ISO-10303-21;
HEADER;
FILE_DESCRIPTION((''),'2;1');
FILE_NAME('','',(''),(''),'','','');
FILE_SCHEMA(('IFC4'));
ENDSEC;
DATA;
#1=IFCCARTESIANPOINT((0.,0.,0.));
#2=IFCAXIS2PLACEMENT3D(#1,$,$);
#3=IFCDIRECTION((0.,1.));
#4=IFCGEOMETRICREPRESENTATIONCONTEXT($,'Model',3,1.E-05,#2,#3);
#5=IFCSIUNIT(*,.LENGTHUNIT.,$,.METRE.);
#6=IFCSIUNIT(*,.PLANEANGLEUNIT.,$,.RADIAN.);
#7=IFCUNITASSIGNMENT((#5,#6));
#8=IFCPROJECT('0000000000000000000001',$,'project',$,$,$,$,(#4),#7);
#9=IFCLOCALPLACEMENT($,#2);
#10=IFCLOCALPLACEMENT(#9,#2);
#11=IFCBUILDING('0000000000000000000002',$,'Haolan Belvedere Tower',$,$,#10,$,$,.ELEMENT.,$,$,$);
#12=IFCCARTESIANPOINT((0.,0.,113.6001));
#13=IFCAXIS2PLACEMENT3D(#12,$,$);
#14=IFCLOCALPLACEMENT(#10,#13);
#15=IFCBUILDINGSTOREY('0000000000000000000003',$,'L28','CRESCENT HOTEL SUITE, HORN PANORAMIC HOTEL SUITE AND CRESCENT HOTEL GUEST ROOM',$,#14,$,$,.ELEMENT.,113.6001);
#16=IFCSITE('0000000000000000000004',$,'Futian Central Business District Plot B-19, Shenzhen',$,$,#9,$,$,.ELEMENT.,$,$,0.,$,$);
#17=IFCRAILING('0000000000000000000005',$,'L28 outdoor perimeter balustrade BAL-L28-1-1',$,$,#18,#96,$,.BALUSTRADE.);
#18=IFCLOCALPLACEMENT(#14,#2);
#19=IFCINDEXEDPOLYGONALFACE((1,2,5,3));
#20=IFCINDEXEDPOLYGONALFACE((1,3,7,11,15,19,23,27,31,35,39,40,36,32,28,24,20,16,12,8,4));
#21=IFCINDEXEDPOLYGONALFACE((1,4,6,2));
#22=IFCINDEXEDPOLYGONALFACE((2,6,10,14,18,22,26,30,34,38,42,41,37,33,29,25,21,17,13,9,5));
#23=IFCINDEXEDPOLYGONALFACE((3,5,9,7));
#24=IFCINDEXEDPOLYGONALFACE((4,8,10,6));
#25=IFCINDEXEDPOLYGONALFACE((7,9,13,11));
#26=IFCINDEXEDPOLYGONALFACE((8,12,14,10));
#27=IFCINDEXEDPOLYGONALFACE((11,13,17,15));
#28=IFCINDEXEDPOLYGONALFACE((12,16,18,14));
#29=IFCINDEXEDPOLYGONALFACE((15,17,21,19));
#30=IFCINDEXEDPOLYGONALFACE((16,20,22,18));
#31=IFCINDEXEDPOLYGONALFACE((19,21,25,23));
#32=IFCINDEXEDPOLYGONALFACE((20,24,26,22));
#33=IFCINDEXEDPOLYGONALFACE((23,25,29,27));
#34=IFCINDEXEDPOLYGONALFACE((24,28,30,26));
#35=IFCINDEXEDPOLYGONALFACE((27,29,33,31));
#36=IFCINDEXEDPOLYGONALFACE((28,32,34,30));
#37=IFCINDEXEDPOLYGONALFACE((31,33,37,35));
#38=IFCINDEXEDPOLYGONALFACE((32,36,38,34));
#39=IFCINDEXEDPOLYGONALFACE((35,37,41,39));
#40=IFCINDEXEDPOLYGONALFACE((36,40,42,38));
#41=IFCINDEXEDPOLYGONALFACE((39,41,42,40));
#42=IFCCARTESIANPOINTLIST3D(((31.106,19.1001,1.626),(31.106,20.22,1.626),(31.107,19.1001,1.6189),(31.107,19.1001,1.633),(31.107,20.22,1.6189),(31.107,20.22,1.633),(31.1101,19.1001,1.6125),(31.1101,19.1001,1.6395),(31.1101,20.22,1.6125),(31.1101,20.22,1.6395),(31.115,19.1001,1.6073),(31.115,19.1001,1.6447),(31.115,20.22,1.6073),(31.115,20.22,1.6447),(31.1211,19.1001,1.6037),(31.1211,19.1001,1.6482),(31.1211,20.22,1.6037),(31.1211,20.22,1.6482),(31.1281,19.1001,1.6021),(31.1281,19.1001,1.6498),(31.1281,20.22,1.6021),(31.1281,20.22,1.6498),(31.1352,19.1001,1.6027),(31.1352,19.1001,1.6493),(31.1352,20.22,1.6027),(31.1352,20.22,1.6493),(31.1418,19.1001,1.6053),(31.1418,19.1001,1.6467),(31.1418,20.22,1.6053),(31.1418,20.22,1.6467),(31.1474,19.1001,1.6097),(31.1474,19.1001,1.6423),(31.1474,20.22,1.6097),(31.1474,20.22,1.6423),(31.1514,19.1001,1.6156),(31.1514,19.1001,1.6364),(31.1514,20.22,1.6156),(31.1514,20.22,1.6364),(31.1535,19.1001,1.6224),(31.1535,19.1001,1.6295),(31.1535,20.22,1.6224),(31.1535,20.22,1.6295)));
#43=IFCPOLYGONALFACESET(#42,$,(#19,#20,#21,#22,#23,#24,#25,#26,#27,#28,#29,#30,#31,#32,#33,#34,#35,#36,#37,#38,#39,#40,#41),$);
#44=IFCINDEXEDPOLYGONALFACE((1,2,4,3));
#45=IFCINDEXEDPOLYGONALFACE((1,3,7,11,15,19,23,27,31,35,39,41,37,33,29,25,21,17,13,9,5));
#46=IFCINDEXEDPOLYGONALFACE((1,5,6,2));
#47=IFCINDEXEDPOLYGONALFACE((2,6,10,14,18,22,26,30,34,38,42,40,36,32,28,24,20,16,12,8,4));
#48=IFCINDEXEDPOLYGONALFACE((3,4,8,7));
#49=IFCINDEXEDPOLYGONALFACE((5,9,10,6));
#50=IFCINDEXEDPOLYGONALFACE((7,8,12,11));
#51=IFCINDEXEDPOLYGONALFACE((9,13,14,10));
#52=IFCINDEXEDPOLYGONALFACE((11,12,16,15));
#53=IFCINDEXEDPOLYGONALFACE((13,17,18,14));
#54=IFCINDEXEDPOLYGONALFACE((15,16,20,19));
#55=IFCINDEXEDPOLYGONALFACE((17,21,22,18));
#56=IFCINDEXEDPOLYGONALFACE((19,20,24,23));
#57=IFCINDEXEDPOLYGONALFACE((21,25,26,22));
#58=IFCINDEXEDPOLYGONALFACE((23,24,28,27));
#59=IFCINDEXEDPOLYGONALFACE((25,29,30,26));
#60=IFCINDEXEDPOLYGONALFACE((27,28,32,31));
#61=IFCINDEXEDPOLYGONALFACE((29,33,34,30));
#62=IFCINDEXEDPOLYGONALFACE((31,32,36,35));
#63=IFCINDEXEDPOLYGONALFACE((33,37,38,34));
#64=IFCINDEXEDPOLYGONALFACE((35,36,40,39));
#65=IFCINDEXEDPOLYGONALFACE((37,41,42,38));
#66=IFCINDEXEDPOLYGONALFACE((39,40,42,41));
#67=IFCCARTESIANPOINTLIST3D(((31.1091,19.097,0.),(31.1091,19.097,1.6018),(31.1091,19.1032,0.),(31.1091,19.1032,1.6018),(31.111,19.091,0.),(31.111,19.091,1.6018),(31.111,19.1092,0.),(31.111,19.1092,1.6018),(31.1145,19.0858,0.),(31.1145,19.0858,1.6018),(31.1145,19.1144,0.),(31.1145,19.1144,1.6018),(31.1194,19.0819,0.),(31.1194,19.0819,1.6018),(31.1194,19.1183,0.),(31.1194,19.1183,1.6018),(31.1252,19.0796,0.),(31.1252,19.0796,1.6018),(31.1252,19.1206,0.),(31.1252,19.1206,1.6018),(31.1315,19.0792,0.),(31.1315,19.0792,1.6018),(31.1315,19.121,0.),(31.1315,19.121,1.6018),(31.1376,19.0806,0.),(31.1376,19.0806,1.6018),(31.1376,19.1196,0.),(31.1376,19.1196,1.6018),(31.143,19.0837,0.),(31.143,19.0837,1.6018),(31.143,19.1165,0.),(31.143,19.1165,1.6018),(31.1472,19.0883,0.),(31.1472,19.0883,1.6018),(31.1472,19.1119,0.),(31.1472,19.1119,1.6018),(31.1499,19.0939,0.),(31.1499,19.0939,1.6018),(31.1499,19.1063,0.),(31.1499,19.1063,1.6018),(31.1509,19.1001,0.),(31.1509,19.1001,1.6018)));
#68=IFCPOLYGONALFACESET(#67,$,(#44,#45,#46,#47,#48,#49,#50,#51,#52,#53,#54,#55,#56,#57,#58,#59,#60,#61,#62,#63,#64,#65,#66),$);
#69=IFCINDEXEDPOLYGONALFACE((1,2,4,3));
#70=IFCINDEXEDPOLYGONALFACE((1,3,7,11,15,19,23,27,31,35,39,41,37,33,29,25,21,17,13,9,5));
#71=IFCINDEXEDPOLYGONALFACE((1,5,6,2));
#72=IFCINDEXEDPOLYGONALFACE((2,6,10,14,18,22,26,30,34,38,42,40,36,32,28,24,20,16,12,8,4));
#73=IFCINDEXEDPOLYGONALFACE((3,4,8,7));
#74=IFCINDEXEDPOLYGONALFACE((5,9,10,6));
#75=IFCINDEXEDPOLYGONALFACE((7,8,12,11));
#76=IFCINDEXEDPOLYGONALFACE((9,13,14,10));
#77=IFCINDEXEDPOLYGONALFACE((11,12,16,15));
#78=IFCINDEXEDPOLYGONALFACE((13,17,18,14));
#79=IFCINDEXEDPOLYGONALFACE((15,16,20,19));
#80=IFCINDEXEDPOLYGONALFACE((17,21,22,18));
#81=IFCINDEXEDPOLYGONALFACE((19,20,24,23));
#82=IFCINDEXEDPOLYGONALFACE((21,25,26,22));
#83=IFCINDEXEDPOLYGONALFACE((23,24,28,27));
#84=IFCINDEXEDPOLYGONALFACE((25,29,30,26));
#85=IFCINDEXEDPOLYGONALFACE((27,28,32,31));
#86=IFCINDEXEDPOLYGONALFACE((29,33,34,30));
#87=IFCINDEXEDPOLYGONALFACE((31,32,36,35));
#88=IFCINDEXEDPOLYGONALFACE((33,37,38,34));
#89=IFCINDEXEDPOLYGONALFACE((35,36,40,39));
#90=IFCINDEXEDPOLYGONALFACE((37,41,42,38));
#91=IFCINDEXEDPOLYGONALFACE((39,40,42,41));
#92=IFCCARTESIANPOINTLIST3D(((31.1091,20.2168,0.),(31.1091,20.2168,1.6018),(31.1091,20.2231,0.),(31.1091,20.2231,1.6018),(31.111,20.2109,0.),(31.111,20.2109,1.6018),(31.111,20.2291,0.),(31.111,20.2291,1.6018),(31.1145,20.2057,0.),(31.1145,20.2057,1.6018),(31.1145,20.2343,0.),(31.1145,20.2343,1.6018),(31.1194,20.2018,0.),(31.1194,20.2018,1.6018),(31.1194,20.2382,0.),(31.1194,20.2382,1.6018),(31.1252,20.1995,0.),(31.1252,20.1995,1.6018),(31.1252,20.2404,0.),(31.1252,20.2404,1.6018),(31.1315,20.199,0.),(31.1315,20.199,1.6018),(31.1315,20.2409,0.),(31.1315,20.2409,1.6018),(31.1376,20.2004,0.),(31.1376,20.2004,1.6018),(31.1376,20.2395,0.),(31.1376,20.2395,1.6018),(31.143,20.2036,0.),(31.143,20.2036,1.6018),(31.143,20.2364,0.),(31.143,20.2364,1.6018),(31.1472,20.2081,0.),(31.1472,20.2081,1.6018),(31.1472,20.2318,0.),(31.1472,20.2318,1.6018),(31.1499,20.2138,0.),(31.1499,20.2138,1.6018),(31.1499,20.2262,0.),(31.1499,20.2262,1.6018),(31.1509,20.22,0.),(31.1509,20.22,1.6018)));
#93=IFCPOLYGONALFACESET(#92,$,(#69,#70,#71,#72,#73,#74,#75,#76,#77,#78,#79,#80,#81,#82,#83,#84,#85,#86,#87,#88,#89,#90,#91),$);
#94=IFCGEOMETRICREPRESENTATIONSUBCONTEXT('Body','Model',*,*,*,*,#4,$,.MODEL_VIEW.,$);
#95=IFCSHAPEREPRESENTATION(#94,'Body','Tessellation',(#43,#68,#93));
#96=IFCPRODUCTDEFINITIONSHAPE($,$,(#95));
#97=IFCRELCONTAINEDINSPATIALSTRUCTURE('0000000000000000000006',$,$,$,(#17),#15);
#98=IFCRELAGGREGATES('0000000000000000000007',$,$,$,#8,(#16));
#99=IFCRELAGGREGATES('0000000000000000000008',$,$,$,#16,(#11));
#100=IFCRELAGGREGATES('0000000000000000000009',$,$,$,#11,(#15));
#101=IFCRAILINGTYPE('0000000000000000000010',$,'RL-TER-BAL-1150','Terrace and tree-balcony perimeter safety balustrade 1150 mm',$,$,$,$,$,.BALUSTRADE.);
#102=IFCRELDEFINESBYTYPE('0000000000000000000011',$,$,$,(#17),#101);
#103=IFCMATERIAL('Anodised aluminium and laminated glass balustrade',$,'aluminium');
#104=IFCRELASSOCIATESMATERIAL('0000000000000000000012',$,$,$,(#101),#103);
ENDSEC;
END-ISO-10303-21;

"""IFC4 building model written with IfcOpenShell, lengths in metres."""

from ifc_helpers import new_model, si_unit, direction, frame, origin, origin_2d, place, context, subcontext, project, spatial, circle, extrude, material, type_object, element, save


model = new_model("IFC4")

# Units and contexts
model_context = context("Model", 3, precision=1e-05, world=origin(), true_north=direction((0.0, 1.0)))
body_context = subcontext(model_context, "Body", "Model", "MODEL_VIEW")
ifc_project = project(units=[si_unit("LENGTHUNIT", "METRE"), si_unit("PLANEANGLEUNIT", "RADIAN")], contexts=[model_context])

# Site, building, storey
site_placement = place(None, origin())
site = spatial("IfcSite", under=ifc_project, at=site_placement, Name="Futian Central Business District Plot B-19, Shenzhen", CompositionType="ELEMENT", RefElevation=0.0)
building_placement = place(site_placement, origin())
building = spatial("IfcBuilding", under=site, at=building_placement, Name="Haolan Belvedere Tower", CompositionType="ELEMENT")
storey_placement = place(building_placement, frame((0.0, 0.0, 113.6001)))
storey = spatial("IfcBuildingStorey", under=building, at=storey_placement, Name="L28", Description="CRESCENT HOTEL SUITE, HORN PANORAMIC HOTEL SUITE AND CRESCENT HOTEL GUEST ROOM", CompositionType="ELEMENT", Elevation=113.6001)

# Railing
ifc_material_1 = material(Name="Anodised aluminium and laminated glass balustrade", Category="aluminium")
railing_type = type_object("IfcRailingType", Name="RL-TER-BAL-1150", Description="Terrace and tree-balcony perimeter safety balustrade 1150 mm", PredefinedType="BALUSTRADE", material=ifc_material_1)
railing_placement = place(storey_placement, frame((31.1299, 19.1001, 0.0)))
element("IfcRailing", 1, at=railing_placement, inside=storey, type_object=railing_type, Name="L28 outdoor perimeter balustrade BAL-L28-1-1", PredefinedType="BALUSTRADE", context=body_context, shape_type="SweptSolid", body=[
    extrude(circle(Radius=0.0239, at=origin_2d()), frame((0.0, 0.0, 1.626), z_axis=(0.0, 1.0, 0.0), x_axis=(-1.0, 0.0, 0.0)), (0.0, 0.0, 1.0), 1.1199),
    extrude(circle(Radius=0.021, at=origin_2d()), origin(), (0.0, 0.0, 1.0), 1.6018),
    extrude(circle(Radius=0.021, at=origin_2d()), frame((0.0, 1.1199, 0.0)), (0.0, 0.0, 1.0), 1.6018),
])

save(model, "model.ifc")
